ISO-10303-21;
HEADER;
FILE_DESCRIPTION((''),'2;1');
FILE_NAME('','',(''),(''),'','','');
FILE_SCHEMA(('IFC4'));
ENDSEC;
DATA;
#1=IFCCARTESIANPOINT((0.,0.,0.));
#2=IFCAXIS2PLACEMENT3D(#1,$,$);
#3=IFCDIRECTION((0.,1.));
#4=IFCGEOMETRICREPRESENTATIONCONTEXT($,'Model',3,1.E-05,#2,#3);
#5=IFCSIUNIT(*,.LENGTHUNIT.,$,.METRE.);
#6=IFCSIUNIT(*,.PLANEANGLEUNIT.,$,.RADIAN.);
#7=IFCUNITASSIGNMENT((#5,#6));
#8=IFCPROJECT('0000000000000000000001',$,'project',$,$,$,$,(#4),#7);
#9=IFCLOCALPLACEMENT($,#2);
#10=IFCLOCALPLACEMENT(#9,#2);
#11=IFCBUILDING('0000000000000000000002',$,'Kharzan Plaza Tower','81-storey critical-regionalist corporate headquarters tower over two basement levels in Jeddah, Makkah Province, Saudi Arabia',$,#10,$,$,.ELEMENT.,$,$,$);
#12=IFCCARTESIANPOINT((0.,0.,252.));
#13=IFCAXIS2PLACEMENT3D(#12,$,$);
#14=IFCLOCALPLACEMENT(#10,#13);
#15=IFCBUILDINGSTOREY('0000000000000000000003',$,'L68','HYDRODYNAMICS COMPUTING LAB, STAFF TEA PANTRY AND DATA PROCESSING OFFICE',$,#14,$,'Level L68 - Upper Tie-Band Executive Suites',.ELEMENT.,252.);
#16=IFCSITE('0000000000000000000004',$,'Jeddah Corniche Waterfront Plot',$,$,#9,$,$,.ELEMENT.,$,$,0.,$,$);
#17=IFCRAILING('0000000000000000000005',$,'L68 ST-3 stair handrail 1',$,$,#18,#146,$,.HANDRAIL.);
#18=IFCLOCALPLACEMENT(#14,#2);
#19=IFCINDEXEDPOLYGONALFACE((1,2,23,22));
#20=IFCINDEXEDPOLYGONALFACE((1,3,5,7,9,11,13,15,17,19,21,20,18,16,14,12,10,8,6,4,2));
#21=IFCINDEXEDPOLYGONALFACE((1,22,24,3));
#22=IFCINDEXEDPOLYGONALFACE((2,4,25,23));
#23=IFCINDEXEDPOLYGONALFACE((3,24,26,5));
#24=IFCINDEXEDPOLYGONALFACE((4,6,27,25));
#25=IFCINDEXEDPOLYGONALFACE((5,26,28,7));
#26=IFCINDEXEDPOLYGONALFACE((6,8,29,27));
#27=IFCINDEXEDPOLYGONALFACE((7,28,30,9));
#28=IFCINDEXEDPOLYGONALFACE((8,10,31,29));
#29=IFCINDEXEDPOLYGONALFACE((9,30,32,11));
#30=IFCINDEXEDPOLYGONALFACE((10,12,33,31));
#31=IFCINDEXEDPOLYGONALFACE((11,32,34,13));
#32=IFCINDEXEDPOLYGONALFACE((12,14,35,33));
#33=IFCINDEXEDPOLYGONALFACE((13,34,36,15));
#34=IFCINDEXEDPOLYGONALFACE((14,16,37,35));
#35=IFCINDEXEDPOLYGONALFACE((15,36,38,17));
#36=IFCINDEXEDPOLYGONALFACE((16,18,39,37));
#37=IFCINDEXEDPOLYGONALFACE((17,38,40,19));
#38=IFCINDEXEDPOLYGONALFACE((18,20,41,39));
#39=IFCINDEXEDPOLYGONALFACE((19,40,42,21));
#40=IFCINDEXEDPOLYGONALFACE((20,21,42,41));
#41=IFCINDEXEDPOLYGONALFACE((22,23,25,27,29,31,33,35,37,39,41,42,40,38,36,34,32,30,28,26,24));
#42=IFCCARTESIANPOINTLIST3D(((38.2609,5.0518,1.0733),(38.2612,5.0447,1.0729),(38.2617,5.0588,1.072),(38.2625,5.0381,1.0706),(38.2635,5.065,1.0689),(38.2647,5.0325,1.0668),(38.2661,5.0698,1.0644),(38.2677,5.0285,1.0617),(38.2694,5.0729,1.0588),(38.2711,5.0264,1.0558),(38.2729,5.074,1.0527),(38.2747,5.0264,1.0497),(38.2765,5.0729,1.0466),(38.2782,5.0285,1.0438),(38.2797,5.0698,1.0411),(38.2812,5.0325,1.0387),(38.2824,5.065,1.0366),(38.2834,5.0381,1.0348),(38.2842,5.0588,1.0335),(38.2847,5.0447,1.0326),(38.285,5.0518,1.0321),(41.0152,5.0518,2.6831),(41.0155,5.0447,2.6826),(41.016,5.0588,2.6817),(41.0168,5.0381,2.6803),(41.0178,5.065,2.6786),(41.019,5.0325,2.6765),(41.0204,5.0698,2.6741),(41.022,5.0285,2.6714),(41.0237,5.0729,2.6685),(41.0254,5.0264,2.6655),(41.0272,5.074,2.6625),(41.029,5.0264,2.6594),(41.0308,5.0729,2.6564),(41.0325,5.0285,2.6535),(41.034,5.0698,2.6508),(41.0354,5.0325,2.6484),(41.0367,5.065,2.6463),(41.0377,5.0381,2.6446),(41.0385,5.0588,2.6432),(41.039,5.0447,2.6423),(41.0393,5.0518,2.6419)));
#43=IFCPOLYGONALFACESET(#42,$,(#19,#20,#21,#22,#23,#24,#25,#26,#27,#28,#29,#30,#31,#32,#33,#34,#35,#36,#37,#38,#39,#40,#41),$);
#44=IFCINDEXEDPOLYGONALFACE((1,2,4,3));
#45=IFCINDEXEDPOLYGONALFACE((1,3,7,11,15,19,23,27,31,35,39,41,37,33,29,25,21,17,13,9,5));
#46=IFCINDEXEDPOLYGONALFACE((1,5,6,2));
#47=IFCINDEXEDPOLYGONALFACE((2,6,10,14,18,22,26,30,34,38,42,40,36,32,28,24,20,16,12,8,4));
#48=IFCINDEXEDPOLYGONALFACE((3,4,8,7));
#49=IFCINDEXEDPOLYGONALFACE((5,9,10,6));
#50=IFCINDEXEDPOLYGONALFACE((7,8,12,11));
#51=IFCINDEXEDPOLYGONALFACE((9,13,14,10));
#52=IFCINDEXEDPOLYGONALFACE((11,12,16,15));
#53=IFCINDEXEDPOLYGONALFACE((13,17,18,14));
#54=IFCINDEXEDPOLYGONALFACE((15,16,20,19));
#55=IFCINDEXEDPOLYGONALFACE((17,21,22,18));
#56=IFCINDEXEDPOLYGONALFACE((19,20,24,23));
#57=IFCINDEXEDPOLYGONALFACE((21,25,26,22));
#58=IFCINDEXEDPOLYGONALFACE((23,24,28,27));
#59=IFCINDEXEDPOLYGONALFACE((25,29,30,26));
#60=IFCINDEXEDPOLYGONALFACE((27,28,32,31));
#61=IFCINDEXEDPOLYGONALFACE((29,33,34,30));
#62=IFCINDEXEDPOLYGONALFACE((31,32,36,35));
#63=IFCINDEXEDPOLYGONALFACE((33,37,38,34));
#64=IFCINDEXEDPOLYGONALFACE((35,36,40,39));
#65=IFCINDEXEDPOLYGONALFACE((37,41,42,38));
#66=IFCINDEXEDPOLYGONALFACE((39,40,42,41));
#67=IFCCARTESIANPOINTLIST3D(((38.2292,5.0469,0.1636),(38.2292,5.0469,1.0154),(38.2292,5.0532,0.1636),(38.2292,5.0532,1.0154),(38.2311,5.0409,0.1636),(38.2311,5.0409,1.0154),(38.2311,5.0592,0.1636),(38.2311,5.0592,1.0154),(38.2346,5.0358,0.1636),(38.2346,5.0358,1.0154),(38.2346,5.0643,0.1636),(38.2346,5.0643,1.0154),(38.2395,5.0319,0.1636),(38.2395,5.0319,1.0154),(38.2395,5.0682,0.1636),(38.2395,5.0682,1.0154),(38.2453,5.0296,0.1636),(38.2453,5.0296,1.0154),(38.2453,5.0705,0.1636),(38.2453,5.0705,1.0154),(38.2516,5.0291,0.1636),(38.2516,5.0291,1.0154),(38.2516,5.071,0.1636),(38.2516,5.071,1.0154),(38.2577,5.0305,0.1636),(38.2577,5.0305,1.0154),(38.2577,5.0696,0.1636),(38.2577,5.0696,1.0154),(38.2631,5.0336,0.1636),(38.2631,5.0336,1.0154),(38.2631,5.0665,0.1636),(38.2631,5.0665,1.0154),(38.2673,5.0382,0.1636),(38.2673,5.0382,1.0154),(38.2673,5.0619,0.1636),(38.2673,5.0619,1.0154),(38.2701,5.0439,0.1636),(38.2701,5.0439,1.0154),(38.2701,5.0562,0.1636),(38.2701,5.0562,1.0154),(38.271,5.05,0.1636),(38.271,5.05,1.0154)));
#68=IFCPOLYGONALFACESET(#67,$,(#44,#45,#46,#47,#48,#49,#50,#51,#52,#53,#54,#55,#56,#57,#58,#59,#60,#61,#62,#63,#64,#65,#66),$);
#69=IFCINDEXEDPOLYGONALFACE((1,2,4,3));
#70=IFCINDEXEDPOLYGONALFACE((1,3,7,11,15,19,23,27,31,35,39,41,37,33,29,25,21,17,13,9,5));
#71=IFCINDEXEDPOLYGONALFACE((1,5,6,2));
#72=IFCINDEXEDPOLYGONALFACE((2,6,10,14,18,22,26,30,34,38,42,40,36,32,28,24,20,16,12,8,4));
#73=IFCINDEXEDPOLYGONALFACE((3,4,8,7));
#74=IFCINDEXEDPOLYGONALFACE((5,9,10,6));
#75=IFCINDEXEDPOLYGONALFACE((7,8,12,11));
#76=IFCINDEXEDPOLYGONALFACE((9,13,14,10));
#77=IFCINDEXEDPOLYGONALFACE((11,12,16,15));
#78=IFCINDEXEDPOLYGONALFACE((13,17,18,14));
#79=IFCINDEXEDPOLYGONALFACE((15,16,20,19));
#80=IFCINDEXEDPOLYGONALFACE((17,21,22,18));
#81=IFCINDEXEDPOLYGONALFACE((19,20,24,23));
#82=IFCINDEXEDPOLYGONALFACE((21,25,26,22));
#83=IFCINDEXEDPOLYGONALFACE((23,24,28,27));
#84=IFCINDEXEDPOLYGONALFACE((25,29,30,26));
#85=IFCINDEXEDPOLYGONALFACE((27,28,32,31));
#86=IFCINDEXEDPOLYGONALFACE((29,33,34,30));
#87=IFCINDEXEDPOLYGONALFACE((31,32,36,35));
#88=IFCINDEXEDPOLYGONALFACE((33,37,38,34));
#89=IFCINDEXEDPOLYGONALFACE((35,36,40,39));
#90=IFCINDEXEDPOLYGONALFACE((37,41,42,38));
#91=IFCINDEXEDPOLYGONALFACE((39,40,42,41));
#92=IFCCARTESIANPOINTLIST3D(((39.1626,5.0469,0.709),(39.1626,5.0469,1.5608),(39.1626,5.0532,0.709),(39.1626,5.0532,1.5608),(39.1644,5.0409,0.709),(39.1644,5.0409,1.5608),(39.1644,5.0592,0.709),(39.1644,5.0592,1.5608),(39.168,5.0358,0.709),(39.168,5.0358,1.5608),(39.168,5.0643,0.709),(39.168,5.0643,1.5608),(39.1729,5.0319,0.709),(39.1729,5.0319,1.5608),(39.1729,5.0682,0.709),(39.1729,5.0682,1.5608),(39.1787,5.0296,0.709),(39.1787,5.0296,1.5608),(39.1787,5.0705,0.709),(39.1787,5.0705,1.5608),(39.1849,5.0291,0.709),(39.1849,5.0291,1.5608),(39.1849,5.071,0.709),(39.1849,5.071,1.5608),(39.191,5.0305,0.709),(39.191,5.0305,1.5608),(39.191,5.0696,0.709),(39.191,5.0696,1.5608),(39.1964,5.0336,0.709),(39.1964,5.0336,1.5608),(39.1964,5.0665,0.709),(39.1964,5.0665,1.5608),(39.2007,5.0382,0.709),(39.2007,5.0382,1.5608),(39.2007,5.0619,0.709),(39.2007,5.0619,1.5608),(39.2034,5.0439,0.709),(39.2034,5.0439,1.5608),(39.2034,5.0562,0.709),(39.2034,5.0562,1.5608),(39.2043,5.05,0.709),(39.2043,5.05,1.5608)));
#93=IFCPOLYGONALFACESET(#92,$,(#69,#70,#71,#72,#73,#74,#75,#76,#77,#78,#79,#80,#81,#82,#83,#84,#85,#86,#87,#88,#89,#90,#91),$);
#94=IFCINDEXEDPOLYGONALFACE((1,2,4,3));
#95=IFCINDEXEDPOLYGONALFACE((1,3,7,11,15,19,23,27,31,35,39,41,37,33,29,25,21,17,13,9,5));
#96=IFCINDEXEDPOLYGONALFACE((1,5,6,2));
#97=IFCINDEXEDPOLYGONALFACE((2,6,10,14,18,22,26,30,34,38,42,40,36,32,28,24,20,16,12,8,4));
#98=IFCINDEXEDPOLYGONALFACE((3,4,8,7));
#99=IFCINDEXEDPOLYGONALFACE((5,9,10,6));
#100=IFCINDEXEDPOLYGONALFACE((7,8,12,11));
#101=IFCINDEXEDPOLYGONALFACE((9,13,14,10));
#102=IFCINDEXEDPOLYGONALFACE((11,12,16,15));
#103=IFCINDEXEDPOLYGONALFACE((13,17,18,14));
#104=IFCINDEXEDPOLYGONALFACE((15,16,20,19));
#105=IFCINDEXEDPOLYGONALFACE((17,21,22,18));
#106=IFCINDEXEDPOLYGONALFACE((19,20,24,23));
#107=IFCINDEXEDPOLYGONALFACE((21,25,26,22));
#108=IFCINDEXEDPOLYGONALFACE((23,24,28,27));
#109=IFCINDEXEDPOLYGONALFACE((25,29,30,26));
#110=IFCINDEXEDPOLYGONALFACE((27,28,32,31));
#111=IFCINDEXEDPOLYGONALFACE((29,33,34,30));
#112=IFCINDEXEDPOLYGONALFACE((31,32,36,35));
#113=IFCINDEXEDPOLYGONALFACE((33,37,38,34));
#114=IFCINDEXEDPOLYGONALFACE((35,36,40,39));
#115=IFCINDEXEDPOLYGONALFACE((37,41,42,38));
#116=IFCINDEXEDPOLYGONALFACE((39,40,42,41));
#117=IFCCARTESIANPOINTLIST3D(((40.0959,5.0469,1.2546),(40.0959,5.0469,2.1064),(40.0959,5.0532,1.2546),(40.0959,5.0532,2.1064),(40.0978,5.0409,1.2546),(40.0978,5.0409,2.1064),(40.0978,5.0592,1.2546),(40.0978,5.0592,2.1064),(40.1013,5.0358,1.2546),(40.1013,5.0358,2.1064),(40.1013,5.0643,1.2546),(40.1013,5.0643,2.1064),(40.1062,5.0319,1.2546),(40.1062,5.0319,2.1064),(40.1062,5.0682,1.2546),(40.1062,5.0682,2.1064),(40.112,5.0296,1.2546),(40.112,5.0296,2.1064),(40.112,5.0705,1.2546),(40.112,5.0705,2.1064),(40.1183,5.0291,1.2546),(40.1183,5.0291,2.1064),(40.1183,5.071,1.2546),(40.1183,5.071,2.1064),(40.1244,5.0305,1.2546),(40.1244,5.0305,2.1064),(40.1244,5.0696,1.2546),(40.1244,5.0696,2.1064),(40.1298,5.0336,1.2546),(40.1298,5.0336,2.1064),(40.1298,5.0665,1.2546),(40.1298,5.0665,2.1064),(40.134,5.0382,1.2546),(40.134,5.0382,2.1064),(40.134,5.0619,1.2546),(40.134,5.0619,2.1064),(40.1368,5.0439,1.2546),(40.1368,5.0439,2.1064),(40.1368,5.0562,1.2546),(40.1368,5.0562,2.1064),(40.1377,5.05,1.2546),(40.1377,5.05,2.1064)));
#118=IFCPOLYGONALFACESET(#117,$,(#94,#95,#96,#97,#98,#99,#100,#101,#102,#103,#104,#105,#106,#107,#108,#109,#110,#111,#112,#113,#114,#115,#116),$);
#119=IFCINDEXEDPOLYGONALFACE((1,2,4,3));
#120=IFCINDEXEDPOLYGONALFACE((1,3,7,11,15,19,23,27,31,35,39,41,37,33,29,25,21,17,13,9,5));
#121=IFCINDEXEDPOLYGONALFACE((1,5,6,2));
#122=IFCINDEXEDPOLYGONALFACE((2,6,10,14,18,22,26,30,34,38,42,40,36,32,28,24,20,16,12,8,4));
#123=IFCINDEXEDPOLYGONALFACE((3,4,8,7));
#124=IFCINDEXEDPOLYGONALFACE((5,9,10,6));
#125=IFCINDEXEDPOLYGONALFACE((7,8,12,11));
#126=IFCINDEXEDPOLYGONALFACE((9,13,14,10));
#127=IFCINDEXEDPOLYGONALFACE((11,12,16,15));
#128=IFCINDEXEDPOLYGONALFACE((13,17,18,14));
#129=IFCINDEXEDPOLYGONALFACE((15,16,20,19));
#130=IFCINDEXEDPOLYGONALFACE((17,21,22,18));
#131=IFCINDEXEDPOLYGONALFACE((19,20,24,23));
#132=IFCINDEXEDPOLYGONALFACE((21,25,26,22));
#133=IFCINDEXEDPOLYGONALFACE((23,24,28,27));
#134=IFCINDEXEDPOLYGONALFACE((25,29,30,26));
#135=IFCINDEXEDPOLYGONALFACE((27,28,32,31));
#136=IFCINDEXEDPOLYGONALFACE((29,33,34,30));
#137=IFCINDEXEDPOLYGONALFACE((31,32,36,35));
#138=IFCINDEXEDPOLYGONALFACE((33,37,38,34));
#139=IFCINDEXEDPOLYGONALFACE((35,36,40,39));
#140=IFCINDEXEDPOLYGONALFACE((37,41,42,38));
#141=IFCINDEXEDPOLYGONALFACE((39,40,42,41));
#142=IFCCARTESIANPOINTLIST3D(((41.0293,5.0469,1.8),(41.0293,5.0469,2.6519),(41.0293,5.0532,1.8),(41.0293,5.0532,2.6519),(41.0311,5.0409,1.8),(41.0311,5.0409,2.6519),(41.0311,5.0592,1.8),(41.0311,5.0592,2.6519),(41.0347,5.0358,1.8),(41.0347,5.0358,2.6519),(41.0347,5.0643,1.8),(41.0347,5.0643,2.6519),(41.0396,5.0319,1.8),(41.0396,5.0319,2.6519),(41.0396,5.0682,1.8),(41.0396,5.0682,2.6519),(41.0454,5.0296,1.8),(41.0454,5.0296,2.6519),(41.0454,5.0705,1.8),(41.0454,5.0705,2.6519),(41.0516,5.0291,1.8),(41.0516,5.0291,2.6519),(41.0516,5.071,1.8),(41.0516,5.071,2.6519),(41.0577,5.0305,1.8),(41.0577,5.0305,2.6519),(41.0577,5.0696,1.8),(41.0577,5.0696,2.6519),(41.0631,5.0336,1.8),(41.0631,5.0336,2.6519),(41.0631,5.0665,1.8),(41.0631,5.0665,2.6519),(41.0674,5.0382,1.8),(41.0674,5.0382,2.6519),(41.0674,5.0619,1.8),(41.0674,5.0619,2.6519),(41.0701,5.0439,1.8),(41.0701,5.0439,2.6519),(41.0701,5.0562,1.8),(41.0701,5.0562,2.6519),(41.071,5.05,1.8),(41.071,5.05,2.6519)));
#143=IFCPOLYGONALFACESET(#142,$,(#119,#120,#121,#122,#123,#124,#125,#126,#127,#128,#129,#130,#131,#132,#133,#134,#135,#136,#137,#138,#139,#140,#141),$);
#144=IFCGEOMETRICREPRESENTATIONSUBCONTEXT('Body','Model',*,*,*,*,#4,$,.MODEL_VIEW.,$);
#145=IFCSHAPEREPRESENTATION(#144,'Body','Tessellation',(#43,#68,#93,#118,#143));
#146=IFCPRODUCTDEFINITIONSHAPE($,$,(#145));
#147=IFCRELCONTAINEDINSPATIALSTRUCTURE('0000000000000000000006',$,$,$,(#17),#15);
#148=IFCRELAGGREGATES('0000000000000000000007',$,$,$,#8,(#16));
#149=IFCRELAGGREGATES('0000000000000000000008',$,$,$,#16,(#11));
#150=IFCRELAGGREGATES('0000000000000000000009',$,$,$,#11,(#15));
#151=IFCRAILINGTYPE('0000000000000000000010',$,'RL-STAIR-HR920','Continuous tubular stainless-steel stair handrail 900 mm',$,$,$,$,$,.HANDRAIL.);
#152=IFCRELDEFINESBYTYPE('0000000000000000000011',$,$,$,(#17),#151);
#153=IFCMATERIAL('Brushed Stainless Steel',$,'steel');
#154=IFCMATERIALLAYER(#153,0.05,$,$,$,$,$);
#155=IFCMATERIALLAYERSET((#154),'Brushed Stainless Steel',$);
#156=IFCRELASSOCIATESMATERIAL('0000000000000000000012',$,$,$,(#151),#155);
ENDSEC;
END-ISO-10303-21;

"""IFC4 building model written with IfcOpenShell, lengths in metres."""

from ifc_helpers import new_model, si_unit, direction, frame, origin, origin_2d, place, context, subcontext, project, spatial, circle, extrude, source, transform, mapped, material, layer, layer_set, type_object, element, save


model = new_model("IFC4")

# Units and contexts
model_context = context("Model", 3, precision=1e-05, world=origin(), true_north=direction((0.0, 1.0)))
body_context = subcontext(model_context, "Body", "Model", "MODEL_VIEW")
ifc_project = project(units=[si_unit("LENGTHUNIT", "METRE"), si_unit("PLANEANGLEUNIT", "RADIAN")], contexts=[model_context])

# Site, building, storey
site_placement = place(None, origin())
site = spatial("IfcSite", under=ifc_project, at=site_placement, Name="Jeddah Corniche Waterfront Plot", CompositionType="ELEMENT", RefElevation=0.0)
building_placement = place(site_placement, origin())
building = spatial("IfcBuilding", under=site, at=building_placement, Name="Kharzan Plaza Tower", Description="81-storey critical-regionalist corporate headquarters tower over two basement levels in Jeddah, Makkah Province, Saudi Arabia", CompositionType="ELEMENT")
storey_placement = place(building_placement, frame((0.0, 0.0, 252.0)))
storey = spatial("IfcBuildingStorey", under=building, at=storey_placement, Name="L68", Description="HYDRODYNAMICS COMPUTING LAB, STAFF TEA PANTRY AND DATA PROCESSING OFFICE", LongName="Level L68 - Upper Tie-Band Executive Suites", CompositionType="ELEMENT", Elevation=252.0)

# Shared definitions
ifc_material_1 = material(Name="Brushed Stainless Steel", Category="steel")

# Railing
ifc_layer_1 = layer(ifc_material_1, 0.05)
ifc_layer_set_1 = layer_set([ifc_layer_1], Name="Brushed Stainless Steel")
railing_type_1 = type_object("IfcRailingType", Name="RL-STAIR-HR920", Description="Continuous tubular stainless-steel stair handrail 900 mm", PredefinedType="HANDRAIL", material=ifc_layer_set_1)
shared_shape_1 = source(origin(), body_context, "Body", "SweptSolid", [
    extrude(circle(Radius=0.0239, at=origin_2d()), frame((0.0229, 0.0, 0.8892), z_axis=(0.863361, 0.0, 0.504587), x_axis=(0.0, 1.0, 0.0)), (0.0, 0.0, 1.0), 3.1902),
    extrude(circle(Radius=0.021, at=origin_2d()), origin(), (0.0, 0.0, 1.0), 0.8518),
    extrude(circle(Radius=0.021, at=origin_2d()), frame((0.9333, 0.0, 0.5454)), (0.0, 0.0, 1.0), 0.8518),
    extrude(circle(Radius=0.021, at=origin_2d()), frame((1.8667, 0.0, 1.0911)), (0.0, 0.0, 1.0), 0.8518),
    extrude(circle(Radius=0.021, at=origin_2d()), frame((2.8, 0.0, 1.6365)), (0.0, 0.0, 1.0), 0.8518),
])
railing_1_placement = place(storey_placement, frame((38.25, 5.05, 0.1636)))
element("IfcRailing", 1, at=railing_1_placement, inside=storey, type_object=railing_type_1, Name="L68 ST-3 stair handrail 1", PredefinedType="HANDRAIL", context=body_context, shape_type="MappedRepresentation", body=[
    mapped(shared_shape_1, transform((0.0, 0.0, 0.0), x_axis=(1.0, 0.0, 0.0), y_axis=(0.0, 1.0, 0.0), z_axis=(0.0, 0.0, 1.0))),
])

save(model, "model.ifc")
